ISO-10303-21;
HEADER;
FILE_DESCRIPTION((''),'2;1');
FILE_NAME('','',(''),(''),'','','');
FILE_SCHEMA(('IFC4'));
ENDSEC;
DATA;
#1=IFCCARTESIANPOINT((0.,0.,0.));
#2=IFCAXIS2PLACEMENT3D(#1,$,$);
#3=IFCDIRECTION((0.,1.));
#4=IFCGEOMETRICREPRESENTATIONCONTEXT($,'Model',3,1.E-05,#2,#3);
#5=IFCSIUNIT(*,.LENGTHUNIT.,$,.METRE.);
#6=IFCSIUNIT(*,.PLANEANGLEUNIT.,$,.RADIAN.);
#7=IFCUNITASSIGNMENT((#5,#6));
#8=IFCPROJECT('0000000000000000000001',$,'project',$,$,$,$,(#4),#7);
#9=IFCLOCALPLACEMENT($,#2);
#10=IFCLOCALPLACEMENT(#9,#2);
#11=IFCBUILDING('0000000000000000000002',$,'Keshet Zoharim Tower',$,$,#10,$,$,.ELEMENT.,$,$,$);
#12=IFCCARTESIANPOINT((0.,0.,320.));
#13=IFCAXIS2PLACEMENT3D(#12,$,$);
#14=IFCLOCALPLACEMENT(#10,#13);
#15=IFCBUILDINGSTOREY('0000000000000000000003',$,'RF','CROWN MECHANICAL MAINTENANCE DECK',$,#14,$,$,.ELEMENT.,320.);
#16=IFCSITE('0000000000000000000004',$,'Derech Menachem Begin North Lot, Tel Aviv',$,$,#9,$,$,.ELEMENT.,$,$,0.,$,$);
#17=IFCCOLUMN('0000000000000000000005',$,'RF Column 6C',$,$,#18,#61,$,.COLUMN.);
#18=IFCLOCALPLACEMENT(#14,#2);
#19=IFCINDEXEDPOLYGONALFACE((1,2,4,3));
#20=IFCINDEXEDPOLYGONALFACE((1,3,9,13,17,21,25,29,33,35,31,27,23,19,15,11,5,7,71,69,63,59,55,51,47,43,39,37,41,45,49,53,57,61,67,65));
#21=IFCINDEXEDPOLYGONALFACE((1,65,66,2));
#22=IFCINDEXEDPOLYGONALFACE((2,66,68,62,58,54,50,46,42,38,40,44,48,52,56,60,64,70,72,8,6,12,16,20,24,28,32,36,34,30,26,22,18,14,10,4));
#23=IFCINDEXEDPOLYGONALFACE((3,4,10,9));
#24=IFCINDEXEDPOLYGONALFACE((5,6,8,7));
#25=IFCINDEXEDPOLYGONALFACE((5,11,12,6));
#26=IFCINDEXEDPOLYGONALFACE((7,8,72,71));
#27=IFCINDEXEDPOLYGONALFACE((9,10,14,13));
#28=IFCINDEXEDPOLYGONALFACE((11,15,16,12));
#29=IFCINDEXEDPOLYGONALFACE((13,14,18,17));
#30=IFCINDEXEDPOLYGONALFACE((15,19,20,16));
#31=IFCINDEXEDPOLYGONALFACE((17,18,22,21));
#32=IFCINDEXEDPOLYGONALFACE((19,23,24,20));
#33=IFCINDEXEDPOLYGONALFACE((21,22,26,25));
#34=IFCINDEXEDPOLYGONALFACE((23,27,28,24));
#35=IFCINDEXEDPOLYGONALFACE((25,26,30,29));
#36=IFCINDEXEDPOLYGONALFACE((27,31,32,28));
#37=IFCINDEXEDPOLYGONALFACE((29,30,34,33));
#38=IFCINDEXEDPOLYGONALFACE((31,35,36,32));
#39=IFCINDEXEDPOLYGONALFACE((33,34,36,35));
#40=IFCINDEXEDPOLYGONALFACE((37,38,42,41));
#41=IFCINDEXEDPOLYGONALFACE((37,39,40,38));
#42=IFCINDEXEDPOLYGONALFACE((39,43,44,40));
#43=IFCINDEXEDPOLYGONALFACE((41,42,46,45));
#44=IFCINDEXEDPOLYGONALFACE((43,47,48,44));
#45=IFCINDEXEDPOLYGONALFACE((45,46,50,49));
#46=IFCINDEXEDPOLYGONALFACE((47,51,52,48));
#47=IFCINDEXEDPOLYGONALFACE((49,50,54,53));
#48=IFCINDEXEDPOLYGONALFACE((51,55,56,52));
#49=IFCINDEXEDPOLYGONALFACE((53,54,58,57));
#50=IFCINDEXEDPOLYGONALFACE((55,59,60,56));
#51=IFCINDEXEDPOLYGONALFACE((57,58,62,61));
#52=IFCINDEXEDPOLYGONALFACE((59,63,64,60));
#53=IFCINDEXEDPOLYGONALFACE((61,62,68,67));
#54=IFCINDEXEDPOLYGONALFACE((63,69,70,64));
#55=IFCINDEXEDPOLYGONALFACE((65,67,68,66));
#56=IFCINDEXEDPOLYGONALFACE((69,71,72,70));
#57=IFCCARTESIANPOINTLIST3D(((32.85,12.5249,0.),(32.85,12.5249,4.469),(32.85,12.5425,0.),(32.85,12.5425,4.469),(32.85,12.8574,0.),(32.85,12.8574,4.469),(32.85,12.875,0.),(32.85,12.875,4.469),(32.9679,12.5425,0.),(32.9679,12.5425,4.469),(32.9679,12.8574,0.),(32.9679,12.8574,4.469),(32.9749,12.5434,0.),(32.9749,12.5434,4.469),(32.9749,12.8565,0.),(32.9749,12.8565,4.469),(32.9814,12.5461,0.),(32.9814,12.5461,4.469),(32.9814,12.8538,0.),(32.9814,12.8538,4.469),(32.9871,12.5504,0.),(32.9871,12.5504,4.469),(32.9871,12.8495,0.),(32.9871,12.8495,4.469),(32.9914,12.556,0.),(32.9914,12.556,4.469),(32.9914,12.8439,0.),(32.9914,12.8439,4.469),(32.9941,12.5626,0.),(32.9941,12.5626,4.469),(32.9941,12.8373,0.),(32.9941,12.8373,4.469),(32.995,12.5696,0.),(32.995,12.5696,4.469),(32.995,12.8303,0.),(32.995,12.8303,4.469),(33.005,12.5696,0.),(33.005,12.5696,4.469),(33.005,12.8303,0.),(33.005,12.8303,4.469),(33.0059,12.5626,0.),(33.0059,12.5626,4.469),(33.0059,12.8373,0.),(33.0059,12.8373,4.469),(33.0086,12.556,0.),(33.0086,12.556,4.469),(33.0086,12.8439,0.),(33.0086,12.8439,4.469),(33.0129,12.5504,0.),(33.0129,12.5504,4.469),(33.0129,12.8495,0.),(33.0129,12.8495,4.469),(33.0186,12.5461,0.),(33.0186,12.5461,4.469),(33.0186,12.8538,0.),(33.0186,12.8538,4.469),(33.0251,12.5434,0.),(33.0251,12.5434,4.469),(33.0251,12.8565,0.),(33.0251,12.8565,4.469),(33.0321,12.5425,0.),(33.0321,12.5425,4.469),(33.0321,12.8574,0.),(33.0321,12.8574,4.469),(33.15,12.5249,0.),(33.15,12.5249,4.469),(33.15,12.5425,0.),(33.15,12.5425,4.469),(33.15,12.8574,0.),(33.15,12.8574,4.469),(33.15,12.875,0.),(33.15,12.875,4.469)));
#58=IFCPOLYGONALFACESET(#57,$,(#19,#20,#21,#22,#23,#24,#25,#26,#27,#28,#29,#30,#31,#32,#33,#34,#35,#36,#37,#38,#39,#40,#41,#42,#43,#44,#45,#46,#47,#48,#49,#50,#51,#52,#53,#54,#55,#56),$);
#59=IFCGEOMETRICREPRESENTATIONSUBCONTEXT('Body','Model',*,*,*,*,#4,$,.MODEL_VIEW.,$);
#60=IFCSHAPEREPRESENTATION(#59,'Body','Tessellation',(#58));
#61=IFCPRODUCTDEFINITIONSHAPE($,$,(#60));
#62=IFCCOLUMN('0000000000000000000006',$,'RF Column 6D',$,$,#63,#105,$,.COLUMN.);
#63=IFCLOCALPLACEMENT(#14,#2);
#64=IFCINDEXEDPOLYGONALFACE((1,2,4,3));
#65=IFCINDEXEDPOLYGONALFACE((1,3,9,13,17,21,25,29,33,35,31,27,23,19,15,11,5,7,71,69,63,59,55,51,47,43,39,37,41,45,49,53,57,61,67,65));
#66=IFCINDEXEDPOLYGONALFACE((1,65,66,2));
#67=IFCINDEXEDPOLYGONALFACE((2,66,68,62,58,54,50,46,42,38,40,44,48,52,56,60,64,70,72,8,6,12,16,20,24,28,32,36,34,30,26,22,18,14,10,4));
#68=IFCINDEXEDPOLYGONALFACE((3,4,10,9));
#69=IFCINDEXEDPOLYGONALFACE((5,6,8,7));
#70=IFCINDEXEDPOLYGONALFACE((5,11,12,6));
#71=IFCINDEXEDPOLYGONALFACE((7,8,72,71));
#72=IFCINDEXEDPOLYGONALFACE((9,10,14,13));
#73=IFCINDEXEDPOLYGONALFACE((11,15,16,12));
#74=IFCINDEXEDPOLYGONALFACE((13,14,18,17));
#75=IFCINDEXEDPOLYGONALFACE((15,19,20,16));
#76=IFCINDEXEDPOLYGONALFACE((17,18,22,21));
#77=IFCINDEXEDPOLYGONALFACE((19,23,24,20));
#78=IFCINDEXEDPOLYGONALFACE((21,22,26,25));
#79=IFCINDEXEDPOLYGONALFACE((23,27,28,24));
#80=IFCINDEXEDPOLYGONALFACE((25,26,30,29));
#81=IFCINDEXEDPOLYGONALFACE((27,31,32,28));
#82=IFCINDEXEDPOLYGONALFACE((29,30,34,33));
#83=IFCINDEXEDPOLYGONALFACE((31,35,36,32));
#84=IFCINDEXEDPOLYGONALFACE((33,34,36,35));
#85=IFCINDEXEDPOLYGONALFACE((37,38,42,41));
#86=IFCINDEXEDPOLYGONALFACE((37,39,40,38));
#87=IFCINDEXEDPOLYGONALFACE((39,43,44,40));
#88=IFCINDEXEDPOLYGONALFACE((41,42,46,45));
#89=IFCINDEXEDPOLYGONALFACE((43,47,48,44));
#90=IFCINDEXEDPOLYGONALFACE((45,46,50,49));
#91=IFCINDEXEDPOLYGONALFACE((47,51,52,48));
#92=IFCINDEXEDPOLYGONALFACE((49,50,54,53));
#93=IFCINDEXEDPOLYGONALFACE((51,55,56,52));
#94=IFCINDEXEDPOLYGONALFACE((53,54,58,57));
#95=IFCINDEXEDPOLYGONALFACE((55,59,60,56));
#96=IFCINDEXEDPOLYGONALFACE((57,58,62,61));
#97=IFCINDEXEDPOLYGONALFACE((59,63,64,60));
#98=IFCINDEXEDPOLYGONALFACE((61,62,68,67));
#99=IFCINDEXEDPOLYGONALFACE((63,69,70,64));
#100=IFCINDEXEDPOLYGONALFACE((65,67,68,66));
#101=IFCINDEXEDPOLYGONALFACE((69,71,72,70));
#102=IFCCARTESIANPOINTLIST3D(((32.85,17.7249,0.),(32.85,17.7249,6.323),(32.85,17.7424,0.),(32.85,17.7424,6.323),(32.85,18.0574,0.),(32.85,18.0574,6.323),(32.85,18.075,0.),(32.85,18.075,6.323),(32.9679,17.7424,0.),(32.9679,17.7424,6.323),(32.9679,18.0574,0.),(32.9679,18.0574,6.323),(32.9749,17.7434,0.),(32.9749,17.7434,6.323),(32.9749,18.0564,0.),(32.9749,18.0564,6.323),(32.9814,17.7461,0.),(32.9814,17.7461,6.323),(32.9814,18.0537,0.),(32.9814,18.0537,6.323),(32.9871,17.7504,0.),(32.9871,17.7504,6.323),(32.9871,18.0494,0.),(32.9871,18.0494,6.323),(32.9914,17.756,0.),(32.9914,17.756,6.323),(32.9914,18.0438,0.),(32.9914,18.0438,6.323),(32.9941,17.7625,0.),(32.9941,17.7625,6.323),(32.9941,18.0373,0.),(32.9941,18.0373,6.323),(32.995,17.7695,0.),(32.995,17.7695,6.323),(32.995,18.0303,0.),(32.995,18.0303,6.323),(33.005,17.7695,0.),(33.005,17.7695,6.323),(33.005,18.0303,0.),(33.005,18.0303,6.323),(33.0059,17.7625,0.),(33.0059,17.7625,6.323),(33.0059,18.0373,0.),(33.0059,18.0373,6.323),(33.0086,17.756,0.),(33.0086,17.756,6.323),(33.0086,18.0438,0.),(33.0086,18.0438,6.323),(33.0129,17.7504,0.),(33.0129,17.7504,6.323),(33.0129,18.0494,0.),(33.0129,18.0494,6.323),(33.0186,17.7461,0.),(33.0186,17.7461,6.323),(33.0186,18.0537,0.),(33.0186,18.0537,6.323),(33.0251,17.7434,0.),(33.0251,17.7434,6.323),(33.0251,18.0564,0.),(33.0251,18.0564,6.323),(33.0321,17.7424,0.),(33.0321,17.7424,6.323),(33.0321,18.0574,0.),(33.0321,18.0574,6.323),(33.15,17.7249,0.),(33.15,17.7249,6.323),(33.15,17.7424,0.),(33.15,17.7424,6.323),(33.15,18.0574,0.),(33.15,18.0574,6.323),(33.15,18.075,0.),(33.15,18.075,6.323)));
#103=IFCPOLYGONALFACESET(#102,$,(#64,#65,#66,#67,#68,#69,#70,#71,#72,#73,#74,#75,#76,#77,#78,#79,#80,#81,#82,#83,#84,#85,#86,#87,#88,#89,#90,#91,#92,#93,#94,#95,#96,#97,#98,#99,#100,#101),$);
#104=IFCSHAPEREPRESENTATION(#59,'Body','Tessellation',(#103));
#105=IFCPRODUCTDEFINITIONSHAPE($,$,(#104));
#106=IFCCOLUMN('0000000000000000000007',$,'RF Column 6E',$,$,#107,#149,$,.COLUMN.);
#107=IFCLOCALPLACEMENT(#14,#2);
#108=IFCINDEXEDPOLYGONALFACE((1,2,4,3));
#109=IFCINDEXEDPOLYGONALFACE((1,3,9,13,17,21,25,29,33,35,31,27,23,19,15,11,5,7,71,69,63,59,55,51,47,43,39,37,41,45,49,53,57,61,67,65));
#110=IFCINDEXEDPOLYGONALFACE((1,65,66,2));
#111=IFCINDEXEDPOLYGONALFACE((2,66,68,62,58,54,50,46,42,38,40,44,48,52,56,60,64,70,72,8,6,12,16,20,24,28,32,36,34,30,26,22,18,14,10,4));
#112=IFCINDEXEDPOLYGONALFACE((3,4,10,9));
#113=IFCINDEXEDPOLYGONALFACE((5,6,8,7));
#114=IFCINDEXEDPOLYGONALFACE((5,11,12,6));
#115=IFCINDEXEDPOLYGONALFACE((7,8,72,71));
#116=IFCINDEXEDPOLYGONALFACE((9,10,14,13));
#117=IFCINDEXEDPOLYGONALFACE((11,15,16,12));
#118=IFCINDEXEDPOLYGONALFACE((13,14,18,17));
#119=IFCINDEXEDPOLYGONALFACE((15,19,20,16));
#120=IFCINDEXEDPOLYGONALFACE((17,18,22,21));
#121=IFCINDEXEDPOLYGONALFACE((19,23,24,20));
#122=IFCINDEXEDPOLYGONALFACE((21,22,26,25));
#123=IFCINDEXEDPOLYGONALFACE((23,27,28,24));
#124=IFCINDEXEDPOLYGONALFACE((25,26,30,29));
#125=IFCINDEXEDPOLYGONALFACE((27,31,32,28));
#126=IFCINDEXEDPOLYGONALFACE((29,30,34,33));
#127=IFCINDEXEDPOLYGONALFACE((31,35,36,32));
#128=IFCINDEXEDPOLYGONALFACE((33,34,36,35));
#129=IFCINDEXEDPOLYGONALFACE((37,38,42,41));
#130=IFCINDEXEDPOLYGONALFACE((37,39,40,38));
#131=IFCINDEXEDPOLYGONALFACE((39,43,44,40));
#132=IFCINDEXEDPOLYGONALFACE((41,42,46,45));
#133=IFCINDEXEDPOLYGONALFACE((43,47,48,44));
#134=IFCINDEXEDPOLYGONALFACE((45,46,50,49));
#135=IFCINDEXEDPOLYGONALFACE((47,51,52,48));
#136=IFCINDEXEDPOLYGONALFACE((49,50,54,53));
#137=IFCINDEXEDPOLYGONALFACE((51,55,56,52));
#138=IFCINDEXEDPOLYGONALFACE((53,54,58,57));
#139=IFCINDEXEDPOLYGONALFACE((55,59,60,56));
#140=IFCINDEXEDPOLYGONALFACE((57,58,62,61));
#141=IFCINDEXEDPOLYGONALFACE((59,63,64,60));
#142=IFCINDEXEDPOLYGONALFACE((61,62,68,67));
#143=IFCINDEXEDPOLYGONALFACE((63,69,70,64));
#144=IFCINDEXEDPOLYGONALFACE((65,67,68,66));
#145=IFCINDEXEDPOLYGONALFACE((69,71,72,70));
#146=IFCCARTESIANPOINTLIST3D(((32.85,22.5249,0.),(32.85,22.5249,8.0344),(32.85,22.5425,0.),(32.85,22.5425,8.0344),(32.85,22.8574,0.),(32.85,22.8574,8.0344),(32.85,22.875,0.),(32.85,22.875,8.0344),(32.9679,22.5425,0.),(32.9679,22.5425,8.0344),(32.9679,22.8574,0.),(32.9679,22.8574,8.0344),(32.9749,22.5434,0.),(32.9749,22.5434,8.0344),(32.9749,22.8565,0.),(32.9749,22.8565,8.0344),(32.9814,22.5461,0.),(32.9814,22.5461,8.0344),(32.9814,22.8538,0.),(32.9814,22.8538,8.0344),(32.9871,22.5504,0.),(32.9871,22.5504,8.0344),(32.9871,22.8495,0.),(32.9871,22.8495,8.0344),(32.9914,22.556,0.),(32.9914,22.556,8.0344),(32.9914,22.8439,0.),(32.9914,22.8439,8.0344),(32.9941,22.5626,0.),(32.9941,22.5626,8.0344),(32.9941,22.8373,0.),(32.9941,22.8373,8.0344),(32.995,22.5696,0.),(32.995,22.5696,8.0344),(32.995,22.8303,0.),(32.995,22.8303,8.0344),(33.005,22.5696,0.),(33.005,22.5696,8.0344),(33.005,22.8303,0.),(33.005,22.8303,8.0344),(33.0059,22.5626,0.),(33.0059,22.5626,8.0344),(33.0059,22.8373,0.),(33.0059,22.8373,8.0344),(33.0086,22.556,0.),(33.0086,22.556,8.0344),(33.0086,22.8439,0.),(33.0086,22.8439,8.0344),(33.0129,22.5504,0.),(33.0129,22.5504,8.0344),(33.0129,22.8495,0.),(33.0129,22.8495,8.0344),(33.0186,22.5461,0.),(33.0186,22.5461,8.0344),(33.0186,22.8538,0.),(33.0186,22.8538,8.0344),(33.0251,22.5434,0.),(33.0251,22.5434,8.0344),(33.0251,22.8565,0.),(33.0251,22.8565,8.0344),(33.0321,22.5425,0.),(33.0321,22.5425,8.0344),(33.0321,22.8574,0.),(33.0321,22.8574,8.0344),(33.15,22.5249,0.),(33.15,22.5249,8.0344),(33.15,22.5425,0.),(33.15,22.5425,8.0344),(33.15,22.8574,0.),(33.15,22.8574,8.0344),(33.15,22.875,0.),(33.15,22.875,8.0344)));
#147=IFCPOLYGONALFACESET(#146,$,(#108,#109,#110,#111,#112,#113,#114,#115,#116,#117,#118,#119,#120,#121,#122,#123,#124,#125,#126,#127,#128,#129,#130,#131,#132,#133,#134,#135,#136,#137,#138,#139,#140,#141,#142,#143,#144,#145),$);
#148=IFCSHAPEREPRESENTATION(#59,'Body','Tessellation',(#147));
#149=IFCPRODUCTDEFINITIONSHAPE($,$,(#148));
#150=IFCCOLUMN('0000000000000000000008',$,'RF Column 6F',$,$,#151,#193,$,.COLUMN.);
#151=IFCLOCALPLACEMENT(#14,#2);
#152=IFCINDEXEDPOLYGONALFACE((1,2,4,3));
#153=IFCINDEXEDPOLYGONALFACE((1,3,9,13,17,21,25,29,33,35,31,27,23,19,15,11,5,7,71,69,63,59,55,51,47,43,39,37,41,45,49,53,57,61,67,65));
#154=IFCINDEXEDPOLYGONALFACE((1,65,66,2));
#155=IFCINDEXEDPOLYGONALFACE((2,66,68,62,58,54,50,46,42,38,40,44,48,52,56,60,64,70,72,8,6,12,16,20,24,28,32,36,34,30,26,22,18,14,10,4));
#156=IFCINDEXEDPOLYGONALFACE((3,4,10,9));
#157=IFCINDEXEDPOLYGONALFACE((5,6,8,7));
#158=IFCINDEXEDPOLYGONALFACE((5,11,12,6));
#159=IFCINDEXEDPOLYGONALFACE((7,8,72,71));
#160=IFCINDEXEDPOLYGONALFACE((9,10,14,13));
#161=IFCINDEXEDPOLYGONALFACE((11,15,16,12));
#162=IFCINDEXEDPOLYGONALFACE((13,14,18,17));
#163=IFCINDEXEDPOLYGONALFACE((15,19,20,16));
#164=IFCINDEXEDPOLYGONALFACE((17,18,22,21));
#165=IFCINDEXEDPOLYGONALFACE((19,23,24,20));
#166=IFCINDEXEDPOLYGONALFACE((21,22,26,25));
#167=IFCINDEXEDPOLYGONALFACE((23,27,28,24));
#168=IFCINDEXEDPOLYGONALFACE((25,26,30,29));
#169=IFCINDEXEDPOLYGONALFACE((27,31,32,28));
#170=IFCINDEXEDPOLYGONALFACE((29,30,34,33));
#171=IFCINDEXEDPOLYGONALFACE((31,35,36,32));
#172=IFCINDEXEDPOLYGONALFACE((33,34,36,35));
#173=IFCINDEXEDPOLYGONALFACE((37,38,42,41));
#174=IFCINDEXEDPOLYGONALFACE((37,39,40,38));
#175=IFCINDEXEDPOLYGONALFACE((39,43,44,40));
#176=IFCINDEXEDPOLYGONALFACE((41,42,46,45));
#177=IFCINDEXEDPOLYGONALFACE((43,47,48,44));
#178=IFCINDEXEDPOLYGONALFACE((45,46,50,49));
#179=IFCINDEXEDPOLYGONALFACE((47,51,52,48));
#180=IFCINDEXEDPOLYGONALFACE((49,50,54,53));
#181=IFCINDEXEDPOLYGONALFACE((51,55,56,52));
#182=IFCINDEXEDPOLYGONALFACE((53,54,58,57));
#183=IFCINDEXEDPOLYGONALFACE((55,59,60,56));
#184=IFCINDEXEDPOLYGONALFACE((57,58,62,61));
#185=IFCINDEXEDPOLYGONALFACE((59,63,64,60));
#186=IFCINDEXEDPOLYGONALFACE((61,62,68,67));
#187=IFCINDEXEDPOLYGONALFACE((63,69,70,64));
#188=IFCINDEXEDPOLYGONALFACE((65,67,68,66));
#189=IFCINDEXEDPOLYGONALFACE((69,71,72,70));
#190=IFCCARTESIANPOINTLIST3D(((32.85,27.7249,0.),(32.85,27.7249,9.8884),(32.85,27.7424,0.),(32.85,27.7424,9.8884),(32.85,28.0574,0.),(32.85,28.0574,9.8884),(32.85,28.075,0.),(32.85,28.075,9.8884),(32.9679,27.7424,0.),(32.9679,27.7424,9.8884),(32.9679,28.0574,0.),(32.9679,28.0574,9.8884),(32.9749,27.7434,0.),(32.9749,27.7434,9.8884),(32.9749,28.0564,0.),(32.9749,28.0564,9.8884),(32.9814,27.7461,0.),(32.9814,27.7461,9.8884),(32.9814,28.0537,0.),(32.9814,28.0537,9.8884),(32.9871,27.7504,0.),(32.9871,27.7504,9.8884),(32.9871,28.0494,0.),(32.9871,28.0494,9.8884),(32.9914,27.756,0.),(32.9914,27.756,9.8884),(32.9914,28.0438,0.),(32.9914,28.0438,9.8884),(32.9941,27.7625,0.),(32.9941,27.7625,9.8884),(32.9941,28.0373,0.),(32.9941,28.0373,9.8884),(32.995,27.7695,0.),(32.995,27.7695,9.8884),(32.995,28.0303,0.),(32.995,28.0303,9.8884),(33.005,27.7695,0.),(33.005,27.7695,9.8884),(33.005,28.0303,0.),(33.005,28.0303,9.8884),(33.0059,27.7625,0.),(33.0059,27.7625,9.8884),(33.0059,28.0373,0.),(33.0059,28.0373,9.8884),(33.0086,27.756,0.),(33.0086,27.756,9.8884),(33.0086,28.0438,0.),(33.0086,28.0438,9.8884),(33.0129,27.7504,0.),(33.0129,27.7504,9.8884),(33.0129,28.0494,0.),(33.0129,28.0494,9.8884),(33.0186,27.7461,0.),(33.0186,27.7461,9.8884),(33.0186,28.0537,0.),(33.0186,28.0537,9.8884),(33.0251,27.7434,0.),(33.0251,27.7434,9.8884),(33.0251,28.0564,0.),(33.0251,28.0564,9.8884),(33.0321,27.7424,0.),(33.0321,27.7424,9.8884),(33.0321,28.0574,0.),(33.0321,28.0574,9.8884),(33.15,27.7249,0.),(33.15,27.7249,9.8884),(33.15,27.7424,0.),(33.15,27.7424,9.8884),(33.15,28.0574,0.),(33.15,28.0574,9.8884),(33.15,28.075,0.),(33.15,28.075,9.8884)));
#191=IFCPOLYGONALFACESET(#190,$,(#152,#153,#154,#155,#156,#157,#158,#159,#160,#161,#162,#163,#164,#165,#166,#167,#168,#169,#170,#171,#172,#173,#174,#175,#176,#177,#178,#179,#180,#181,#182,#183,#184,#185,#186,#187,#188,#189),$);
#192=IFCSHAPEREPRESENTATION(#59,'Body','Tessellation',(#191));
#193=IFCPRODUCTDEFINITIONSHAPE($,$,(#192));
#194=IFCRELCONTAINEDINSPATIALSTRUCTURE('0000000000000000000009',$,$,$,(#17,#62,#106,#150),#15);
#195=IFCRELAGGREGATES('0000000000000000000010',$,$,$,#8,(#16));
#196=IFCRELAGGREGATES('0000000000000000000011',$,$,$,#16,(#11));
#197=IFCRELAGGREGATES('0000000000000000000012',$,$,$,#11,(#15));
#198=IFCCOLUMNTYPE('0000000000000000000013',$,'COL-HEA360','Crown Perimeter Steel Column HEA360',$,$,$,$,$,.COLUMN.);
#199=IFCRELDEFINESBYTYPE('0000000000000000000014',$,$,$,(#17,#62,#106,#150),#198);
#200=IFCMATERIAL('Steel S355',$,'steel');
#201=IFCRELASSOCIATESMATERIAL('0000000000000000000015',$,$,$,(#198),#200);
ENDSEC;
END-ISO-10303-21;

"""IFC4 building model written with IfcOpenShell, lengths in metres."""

from ifc_helpers import new_model, si_unit, direction, frame, origin, origin_2d, place, context, subcontext, project, spatial, i_section, extrude, material, material_profile, profile_set, type_object, element, save


model = new_model("IFC4")

# Units and contexts
model_context = context("Model", 3, precision=1e-05, world=origin(), true_north=direction((0.0, 1.0)))
body_context = subcontext(model_context, "Body", "Model", "MODEL_VIEW")
ifc_project = project(units=[si_unit("LENGTHUNIT", "METRE"), si_unit("PLANEANGLEUNIT", "RADIAN")], contexts=[model_context])

# Site, building, storey
site_placement = place(None, origin())
site = spatial("IfcSite", under=ifc_project, at=site_placement, Name="Derech Menachem Begin North Lot, Tel Aviv", CompositionType="ELEMENT", RefElevation=0.0)
building_placement = place(site_placement, origin())
building = spatial("IfcBuilding", under=site, at=building_placement, Name="Keshet Zoharim Tower", CompositionType="ELEMENT")
storey_placement = place(building_placement, frame((0.0, 0.0, 320.0)))
storey = spatial("IfcBuildingStorey", under=building, at=storey_placement, Name="RF", Description="CROWN MECHANICAL MAINTENANCE DECK", CompositionType="ELEMENT", Elevation=320.0)

# Columns
ifc_material_1 = material(Name="Steel S355", Category="steel")
ifc_material_profile_1 = material_profile(ifc_material_1, i_section(OverallWidth=0.3, OverallDepth=0.3501, WebThickness=0.01, FlangeThickness=0.0176, FilletRadius=0.0271, at=origin_2d()), Name="HEA360")
ifc_profile_set_1 = profile_set([ifc_material_profile_1], Name="Steel S355")
column_type = type_object("IfcColumnType", Name="COL-HEA360", Description="Crown Perimeter Steel Column HEA360", PredefinedType="COLUMN", material=ifc_profile_set_1)
column_1_placement = place(storey_placement, frame((33.0, 12.7, 0.0), z_axis=(0.0, 0.0, 1.0), x_axis=(1.0, 0.0, 0.0)))
element("IfcColumn", 1, at=column_1_placement, inside=storey, type_object=column_type, Name="RF Column 6C", PredefinedType="COLUMN", context=body_context, shape_type="SweptSolid", body=[
    extrude(i_section(OverallWidth=0.3, OverallDepth=0.3501, WebThickness=0.01, FlangeThickness=0.0176, FilletRadius=0.0271, at=origin_2d()), origin(), (0.0, 0.0, 1.0), 4.469),
])
column_2_placement = place(storey_placement, frame((33.0, 17.8999, 0.0), z_axis=(0.0, 0.0, 1.0), x_axis=(1.0, 0.0, 0.0)))
element("IfcColumn", 2, at=column_2_placement, inside=storey, type_object=column_type, Name="RF Column 6D", PredefinedType="COLUMN", context=body_context, shape_type="SweptSolid", body=[
    extrude(i_section(OverallWidth=0.3, OverallDepth=0.3501, WebThickness=0.01, FlangeThickness=0.0176, FilletRadius=0.0271, at=origin_2d()), origin(), (0.0, 0.0, 1.0), 6.323),
])
column_3_placement = place(storey_placement, frame((33.0, 22.7, 0.0), z_axis=(0.0, 0.0, 1.0), x_axis=(1.0, 0.0, 0.0)))
element("IfcColumn", 3, at=column_3_placement, inside=storey, type_object=column_type, Name="RF Column 6E", PredefinedType="COLUMN", context=body_context, shape_type="SweptSolid", body=[
    extrude(i_section(OverallWidth=0.3, OverallDepth=0.3501, WebThickness=0.01, FlangeThickness=0.0176, FilletRadius=0.0271, at=origin_2d()), origin(), (0.0, 0.0, 1.0), 8.0344),
])
column_4_placement = place(storey_placement, frame((33.0, 27.8999, 0.0), z_axis=(0.0, 0.0, 1.0), x_axis=(1.0, 0.0, 0.0)))
element("IfcColumn", 4, at=column_4_placement, inside=storey, type_object=column_type, Name="RF Column 6F", PredefinedType="COLUMN", context=body_context, shape_type="SweptSolid", body=[
    extrude(i_section(OverallWidth=0.3, OverallDepth=0.3501, WebThickness=0.01, FlangeThickness=0.0176, FilletRadius=0.0271, at=origin_2d()), origin(), (0.0, 0.0, 1.0), 9.8884),
])

save(model, "model.ifc")
